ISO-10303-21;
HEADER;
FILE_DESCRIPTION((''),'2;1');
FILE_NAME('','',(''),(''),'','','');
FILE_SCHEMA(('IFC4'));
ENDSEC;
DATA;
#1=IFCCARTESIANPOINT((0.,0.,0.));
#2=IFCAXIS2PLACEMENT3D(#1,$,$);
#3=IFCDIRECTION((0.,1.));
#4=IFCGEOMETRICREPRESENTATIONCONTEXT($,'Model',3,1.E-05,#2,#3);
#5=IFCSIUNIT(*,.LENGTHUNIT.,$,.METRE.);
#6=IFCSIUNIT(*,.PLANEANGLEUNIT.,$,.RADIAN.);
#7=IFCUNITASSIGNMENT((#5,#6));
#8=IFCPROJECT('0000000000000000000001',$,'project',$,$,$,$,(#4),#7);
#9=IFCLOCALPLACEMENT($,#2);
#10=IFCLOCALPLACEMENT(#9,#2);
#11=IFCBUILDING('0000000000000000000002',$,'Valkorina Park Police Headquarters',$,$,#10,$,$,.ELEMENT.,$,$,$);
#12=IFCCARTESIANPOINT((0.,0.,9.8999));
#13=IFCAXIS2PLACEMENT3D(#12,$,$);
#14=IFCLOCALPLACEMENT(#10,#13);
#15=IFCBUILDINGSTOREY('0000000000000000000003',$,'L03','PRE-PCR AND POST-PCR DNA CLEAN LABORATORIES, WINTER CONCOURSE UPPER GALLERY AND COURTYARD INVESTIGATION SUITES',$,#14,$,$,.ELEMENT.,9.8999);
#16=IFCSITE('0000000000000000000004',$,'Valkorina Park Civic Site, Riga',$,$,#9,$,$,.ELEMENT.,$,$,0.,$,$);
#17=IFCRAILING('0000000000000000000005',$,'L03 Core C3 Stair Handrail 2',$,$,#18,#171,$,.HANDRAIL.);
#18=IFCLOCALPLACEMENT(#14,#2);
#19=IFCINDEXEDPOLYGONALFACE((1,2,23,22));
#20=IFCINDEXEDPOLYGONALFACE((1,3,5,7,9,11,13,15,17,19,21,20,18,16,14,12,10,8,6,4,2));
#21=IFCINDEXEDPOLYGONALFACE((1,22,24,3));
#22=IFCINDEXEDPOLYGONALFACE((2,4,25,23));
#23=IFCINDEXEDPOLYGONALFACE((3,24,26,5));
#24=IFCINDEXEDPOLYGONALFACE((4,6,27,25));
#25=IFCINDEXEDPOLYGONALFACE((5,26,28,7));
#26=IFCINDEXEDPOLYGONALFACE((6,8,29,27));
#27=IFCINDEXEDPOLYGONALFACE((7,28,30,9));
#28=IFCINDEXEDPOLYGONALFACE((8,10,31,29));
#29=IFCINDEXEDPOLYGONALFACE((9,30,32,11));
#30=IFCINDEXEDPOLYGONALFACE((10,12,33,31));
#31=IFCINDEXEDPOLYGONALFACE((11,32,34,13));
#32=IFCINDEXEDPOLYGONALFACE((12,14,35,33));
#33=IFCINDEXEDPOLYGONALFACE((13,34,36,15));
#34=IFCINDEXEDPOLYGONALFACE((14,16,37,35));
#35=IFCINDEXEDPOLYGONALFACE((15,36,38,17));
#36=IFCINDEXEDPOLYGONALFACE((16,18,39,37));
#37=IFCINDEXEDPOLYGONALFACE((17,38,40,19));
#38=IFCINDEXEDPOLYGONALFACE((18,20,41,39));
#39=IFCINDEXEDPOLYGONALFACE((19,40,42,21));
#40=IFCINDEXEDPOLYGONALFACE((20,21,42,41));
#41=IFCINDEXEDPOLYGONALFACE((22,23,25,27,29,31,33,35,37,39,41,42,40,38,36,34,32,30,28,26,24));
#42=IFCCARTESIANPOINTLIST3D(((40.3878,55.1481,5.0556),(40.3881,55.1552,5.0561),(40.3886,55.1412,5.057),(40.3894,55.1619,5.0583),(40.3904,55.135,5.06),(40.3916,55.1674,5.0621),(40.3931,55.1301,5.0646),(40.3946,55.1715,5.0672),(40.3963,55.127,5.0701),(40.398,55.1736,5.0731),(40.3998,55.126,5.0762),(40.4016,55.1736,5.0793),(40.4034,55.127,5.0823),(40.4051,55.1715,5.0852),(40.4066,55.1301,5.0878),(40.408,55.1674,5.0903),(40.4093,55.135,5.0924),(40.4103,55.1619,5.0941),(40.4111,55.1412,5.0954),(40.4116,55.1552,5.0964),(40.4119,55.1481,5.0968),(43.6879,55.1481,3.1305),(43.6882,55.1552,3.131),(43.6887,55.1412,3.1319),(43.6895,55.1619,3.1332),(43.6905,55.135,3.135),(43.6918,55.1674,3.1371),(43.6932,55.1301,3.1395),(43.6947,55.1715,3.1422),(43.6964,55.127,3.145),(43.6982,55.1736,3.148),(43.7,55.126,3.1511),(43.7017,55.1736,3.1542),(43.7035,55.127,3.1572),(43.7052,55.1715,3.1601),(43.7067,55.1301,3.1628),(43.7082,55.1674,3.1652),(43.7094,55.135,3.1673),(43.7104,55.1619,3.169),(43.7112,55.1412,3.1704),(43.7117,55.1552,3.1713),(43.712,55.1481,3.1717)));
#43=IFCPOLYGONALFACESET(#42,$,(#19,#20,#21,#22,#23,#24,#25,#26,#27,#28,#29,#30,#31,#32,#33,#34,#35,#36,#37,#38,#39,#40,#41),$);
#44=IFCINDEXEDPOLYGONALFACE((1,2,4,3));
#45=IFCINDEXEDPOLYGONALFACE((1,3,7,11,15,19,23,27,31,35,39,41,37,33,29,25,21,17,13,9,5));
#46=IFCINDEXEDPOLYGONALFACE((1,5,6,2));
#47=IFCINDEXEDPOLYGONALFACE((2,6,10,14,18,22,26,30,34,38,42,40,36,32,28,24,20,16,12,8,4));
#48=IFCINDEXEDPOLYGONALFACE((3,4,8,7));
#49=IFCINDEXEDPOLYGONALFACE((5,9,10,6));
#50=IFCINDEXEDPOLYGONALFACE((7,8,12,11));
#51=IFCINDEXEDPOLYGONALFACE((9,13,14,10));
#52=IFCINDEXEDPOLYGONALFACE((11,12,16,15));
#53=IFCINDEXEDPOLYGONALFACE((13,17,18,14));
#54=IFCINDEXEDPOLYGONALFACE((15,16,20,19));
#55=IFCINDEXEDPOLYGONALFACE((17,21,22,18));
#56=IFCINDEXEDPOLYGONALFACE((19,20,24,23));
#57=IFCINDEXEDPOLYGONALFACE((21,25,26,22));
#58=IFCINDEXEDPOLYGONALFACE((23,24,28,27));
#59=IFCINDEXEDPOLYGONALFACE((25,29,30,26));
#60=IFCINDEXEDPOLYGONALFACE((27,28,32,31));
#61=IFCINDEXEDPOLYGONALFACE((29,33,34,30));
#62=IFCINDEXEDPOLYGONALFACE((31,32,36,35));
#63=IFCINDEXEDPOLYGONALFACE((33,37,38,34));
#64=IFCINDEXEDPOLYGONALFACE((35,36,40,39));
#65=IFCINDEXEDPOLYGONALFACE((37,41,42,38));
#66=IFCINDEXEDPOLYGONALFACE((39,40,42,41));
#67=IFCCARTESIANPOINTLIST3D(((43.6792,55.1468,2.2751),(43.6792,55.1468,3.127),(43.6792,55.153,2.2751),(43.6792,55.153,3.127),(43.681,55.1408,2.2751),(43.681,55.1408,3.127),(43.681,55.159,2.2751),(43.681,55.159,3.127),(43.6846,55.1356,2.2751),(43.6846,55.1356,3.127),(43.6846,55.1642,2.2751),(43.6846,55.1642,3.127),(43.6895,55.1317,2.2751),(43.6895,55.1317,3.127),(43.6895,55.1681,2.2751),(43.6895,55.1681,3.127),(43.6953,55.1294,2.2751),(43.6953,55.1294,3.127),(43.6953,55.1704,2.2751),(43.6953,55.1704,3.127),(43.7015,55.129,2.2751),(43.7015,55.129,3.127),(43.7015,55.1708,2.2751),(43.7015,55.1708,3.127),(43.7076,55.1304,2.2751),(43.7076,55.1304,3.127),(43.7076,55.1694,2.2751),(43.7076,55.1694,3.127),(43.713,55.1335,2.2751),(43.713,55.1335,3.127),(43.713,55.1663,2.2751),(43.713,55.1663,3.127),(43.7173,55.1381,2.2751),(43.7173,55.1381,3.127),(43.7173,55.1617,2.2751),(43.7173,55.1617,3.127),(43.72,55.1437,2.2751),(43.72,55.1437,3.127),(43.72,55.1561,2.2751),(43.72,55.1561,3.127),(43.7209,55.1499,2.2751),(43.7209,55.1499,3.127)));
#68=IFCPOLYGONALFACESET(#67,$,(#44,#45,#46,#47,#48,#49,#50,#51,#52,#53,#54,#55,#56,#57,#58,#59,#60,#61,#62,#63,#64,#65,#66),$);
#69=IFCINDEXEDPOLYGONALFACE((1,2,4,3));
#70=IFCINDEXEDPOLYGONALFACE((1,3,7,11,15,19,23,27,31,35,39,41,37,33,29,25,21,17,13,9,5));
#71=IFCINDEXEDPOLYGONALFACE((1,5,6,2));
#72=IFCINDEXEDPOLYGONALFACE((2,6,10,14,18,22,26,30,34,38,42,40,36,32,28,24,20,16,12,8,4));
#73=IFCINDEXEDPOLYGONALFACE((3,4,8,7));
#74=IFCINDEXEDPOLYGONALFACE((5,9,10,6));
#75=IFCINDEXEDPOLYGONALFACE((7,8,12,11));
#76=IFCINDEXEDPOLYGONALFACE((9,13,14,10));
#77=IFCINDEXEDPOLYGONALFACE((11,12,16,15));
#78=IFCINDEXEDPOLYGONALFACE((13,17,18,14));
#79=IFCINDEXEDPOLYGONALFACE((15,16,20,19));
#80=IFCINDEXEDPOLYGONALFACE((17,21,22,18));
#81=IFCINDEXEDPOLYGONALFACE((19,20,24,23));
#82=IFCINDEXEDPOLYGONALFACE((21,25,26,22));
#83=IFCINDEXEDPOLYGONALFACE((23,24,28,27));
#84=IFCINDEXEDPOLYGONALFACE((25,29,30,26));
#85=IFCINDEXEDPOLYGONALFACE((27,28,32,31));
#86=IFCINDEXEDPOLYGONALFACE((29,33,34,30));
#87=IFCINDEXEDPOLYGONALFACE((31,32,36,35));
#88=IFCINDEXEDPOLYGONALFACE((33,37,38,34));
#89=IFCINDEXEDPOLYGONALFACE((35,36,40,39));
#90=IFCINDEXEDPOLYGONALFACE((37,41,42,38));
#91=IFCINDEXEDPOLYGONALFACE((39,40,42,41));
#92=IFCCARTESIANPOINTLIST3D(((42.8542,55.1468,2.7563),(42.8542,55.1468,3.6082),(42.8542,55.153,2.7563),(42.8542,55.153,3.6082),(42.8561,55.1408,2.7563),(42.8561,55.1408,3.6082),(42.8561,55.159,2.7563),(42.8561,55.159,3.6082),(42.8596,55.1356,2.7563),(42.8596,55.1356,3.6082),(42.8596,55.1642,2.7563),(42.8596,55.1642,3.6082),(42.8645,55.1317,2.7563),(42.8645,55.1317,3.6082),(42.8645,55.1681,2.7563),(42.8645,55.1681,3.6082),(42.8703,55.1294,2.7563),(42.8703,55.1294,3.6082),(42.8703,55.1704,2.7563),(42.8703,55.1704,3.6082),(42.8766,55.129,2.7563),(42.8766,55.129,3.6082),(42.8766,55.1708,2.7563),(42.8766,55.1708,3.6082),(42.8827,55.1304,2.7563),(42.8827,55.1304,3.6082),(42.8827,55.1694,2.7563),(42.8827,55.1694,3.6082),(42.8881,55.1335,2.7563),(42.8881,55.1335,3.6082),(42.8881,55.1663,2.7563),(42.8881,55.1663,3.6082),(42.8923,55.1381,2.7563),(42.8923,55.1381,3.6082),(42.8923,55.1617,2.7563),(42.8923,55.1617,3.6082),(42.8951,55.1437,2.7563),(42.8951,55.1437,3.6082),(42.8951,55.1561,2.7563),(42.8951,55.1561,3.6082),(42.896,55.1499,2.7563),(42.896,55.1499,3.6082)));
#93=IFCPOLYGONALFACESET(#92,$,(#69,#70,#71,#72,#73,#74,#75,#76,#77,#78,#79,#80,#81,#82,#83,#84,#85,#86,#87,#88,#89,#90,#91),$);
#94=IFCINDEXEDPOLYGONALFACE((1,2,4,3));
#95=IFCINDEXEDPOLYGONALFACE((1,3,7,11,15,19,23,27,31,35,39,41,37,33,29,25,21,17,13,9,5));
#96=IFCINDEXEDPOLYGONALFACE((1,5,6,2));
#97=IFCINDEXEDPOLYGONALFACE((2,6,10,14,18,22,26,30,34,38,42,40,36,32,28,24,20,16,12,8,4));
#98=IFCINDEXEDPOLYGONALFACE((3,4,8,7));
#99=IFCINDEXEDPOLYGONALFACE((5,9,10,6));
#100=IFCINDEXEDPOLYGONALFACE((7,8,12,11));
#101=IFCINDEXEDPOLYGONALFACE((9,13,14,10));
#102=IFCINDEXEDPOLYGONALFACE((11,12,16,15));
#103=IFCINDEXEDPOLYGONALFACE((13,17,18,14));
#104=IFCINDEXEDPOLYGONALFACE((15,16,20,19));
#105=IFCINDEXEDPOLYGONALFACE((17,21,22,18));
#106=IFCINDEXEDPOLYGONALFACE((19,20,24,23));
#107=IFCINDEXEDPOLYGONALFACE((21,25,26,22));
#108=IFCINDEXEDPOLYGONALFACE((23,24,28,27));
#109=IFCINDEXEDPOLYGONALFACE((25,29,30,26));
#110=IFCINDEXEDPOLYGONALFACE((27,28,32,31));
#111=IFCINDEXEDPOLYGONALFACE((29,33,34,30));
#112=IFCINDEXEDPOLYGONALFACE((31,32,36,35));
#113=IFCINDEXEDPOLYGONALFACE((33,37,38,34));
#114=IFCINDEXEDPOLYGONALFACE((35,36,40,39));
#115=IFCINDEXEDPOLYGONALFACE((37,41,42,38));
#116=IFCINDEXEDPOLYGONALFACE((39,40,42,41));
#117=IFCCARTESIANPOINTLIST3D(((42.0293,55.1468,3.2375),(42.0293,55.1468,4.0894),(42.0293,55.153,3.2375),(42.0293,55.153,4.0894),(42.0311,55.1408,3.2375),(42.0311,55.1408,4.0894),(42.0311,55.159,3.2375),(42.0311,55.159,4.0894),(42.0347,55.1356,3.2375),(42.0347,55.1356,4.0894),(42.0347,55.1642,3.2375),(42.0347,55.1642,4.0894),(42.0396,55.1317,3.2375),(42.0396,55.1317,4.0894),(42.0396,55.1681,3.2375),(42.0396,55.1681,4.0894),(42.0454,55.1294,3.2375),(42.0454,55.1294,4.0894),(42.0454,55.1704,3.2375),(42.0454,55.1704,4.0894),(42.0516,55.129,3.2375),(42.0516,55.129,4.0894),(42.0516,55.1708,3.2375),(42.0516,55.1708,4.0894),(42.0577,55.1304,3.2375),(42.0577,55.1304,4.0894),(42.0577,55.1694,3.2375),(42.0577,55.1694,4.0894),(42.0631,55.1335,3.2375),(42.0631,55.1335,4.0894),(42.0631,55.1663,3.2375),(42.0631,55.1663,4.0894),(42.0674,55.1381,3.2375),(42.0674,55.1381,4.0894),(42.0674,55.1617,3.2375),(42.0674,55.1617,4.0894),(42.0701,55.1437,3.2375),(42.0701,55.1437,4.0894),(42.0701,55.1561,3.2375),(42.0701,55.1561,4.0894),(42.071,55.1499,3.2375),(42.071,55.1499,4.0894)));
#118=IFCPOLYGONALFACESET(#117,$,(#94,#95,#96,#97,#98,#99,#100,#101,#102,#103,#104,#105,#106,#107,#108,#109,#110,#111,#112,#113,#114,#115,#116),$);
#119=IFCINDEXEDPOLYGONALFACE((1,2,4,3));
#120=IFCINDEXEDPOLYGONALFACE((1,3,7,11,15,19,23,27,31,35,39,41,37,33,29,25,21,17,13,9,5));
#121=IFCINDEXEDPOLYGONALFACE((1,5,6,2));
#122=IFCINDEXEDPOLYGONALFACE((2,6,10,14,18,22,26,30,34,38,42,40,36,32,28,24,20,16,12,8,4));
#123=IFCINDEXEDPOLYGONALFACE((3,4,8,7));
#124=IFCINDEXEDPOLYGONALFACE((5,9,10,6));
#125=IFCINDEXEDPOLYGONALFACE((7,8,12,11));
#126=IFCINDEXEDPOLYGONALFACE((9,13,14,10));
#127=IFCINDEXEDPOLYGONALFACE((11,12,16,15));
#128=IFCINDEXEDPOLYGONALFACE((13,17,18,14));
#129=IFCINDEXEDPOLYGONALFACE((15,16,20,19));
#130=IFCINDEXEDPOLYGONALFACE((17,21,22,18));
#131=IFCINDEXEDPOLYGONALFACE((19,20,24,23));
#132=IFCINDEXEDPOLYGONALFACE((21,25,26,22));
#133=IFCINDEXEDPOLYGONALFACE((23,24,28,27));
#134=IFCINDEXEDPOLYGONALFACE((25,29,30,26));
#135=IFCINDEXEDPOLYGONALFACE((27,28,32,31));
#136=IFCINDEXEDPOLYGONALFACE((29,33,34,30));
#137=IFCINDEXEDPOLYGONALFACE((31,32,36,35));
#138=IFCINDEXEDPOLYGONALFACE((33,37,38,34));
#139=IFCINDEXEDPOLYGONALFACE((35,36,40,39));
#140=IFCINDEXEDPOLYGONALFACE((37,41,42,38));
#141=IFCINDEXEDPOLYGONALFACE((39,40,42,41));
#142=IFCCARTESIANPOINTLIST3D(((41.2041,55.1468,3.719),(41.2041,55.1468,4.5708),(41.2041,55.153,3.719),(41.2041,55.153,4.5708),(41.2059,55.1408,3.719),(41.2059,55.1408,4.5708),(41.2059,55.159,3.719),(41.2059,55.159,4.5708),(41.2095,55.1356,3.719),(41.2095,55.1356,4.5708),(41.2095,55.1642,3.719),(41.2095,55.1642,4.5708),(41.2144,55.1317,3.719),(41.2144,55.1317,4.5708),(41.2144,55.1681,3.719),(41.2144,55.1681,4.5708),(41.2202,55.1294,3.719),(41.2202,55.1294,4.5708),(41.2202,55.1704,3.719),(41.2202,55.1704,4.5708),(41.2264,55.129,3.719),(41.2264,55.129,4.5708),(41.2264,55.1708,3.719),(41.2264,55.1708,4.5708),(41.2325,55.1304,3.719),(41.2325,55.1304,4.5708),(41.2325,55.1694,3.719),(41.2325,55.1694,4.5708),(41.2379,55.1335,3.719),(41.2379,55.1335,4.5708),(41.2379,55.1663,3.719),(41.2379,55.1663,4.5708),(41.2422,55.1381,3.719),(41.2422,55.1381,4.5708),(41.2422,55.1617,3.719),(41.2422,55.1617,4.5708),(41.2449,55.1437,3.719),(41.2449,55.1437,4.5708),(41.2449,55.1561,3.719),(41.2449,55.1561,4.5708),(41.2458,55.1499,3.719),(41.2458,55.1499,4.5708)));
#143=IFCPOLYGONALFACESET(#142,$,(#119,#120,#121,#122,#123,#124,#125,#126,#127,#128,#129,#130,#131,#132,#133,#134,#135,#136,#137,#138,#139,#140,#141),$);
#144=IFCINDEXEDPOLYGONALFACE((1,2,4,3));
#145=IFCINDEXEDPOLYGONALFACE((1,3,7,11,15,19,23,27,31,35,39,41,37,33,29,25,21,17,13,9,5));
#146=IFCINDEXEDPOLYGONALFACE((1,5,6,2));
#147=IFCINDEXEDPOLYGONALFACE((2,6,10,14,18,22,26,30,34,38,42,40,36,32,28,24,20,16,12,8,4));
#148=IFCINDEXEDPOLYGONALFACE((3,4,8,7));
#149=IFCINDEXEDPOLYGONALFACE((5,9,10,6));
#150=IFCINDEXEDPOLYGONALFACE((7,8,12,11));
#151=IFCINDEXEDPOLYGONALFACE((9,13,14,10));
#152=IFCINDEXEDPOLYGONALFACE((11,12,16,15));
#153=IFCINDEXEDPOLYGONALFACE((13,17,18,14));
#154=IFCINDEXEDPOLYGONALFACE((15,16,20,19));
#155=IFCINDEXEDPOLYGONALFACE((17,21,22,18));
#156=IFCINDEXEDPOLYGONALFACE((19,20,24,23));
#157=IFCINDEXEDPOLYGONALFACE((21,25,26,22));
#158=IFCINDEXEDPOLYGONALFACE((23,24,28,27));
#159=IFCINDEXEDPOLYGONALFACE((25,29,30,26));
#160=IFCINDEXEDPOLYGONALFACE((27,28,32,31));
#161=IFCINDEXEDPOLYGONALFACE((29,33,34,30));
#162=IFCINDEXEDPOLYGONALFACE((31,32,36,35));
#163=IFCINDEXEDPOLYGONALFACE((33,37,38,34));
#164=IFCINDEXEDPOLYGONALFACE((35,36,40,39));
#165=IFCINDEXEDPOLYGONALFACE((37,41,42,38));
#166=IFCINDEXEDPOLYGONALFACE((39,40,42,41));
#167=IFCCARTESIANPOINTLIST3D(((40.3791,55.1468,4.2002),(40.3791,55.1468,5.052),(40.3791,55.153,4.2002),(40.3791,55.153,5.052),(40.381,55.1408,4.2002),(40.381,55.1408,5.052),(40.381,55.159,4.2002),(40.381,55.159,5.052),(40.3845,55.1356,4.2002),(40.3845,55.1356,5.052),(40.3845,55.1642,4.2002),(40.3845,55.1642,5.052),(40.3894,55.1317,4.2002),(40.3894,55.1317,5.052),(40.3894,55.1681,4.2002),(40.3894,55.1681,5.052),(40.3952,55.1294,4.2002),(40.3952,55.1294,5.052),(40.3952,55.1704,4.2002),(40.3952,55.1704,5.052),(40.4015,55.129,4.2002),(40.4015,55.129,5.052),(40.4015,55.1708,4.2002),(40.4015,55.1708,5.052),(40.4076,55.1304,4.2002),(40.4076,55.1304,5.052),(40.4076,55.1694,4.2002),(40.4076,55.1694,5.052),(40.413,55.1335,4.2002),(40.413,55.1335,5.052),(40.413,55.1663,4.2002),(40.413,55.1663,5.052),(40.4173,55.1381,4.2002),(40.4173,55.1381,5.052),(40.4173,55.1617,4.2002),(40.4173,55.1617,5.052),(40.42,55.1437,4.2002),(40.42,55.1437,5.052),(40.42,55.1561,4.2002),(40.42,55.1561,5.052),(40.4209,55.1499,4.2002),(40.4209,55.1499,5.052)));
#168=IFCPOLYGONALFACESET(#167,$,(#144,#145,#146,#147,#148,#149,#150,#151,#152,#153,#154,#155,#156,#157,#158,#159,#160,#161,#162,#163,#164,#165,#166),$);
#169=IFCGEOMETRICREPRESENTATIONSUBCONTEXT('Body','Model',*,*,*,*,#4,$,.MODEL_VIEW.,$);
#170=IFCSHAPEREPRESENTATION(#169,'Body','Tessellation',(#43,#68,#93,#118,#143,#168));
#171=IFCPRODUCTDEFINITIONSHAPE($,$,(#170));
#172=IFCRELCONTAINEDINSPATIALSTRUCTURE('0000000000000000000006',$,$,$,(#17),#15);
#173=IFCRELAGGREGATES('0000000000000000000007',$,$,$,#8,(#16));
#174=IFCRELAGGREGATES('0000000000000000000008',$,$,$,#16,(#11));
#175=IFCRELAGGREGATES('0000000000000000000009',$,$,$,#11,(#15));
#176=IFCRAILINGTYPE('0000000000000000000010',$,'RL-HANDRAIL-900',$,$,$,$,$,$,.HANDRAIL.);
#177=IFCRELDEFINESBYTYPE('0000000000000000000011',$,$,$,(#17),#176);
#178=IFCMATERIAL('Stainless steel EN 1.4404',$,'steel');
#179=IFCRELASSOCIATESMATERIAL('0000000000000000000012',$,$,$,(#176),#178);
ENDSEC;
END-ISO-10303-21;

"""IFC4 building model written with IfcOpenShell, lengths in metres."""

from ifc_helpers import new_model, si_unit, direction, frame, origin, origin_2d, place, context, subcontext, project, spatial, circle, extrude, material, type_object, element, save


model = new_model("IFC4")

# Units and contexts
model_context = context("Model", 3, precision=1e-05, world=origin(), true_north=direction((0.0, 1.0)))
body_context = subcontext(model_context, "Body", "Model", "MODEL_VIEW")
ifc_project = project(units=[si_unit("LENGTHUNIT", "METRE"), si_unit("PLANEANGLEUNIT", "RADIAN")], contexts=[model_context])

# Site, building, storey
site_placement = place(None, origin())
site = spatial("IfcSite", under=ifc_project, at=site_placement, Name="Valkorina Park Civic Site, Riga", CompositionType="ELEMENT", RefElevation=0.0)
building_placement = place(site_placement, origin())
building = spatial("IfcBuilding", under=site, at=building_placement, Name="Valkorina Park Police Headquarters", CompositionType="ELEMENT")
storey_placement = place(building_placement, frame((0.0, 0.0, 9.8999)))
storey = spatial("IfcBuildingStorey", under=building, at=storey_placement, Name="L03", Description="PRE-PCR AND POST-PCR DNA CLEAN LABORATORIES, WINTER CONCOURSE UPPER GALLERY AND COURTYARD INVESTIGATION SUITES", CompositionType="ELEMENT", Elevation=9.8999)

# Shared definitions
ifc_material_1 = material(Name="Stainless steel EN 1.4404", Category="steel")

# Railing
railing_type_1 = type_object("IfcRailingType", Name="RL-HANDRAIL-900", PredefinedType="HANDRAIL", material=ifc_material_1)
railing_1_placement = place(storey_placement, frame((43.7, 55.1499, 2.2751)))
element("IfcRailing", 1, at=railing_1_placement, inside=storey, type_object=railing_type_1, Name="L03 Core C3 Stair Handrail 2", PredefinedType="HANDRAIL", context=body_context, shape_type="SweptSolid", body=[
    extrude(circle(Radius=0.0239, at=origin_2d()), frame((0.0, 0.0, 0.876), z_axis=(-0.863777, 0.0, 0.503875), x_axis=(0.0, -1.0, 0.0)), (0.0, 0.0, 1.0), 3.8206),
    extrude(circle(Radius=0.021, at=origin_2d()), origin(), (0.0, 0.0, 1.0), 0.8518),
    extrude(circle(Radius=0.021, at=origin_2d()), frame((-0.825, 0.0, 0.4812)), (0.0, 0.0, 1.0), 0.8518),
    extrude(circle(Radius=0.021, at=origin_2d()), frame((-1.6499, 0.0, 0.9624)), (0.0, 0.0, 1.0), 0.8518),
    extrude(circle(Radius=0.021, at=origin_2d()), frame((-2.4751, 0.0, 1.4438)), (0.0, 0.0, 1.0), 0.8518),
    extrude(circle(Radius=0.021, at=origin_2d()), frame((-3.3, 0.0, 1.925)), (0.0, 0.0, 1.0), 0.8518),
])

save(model, "model.ifc")
